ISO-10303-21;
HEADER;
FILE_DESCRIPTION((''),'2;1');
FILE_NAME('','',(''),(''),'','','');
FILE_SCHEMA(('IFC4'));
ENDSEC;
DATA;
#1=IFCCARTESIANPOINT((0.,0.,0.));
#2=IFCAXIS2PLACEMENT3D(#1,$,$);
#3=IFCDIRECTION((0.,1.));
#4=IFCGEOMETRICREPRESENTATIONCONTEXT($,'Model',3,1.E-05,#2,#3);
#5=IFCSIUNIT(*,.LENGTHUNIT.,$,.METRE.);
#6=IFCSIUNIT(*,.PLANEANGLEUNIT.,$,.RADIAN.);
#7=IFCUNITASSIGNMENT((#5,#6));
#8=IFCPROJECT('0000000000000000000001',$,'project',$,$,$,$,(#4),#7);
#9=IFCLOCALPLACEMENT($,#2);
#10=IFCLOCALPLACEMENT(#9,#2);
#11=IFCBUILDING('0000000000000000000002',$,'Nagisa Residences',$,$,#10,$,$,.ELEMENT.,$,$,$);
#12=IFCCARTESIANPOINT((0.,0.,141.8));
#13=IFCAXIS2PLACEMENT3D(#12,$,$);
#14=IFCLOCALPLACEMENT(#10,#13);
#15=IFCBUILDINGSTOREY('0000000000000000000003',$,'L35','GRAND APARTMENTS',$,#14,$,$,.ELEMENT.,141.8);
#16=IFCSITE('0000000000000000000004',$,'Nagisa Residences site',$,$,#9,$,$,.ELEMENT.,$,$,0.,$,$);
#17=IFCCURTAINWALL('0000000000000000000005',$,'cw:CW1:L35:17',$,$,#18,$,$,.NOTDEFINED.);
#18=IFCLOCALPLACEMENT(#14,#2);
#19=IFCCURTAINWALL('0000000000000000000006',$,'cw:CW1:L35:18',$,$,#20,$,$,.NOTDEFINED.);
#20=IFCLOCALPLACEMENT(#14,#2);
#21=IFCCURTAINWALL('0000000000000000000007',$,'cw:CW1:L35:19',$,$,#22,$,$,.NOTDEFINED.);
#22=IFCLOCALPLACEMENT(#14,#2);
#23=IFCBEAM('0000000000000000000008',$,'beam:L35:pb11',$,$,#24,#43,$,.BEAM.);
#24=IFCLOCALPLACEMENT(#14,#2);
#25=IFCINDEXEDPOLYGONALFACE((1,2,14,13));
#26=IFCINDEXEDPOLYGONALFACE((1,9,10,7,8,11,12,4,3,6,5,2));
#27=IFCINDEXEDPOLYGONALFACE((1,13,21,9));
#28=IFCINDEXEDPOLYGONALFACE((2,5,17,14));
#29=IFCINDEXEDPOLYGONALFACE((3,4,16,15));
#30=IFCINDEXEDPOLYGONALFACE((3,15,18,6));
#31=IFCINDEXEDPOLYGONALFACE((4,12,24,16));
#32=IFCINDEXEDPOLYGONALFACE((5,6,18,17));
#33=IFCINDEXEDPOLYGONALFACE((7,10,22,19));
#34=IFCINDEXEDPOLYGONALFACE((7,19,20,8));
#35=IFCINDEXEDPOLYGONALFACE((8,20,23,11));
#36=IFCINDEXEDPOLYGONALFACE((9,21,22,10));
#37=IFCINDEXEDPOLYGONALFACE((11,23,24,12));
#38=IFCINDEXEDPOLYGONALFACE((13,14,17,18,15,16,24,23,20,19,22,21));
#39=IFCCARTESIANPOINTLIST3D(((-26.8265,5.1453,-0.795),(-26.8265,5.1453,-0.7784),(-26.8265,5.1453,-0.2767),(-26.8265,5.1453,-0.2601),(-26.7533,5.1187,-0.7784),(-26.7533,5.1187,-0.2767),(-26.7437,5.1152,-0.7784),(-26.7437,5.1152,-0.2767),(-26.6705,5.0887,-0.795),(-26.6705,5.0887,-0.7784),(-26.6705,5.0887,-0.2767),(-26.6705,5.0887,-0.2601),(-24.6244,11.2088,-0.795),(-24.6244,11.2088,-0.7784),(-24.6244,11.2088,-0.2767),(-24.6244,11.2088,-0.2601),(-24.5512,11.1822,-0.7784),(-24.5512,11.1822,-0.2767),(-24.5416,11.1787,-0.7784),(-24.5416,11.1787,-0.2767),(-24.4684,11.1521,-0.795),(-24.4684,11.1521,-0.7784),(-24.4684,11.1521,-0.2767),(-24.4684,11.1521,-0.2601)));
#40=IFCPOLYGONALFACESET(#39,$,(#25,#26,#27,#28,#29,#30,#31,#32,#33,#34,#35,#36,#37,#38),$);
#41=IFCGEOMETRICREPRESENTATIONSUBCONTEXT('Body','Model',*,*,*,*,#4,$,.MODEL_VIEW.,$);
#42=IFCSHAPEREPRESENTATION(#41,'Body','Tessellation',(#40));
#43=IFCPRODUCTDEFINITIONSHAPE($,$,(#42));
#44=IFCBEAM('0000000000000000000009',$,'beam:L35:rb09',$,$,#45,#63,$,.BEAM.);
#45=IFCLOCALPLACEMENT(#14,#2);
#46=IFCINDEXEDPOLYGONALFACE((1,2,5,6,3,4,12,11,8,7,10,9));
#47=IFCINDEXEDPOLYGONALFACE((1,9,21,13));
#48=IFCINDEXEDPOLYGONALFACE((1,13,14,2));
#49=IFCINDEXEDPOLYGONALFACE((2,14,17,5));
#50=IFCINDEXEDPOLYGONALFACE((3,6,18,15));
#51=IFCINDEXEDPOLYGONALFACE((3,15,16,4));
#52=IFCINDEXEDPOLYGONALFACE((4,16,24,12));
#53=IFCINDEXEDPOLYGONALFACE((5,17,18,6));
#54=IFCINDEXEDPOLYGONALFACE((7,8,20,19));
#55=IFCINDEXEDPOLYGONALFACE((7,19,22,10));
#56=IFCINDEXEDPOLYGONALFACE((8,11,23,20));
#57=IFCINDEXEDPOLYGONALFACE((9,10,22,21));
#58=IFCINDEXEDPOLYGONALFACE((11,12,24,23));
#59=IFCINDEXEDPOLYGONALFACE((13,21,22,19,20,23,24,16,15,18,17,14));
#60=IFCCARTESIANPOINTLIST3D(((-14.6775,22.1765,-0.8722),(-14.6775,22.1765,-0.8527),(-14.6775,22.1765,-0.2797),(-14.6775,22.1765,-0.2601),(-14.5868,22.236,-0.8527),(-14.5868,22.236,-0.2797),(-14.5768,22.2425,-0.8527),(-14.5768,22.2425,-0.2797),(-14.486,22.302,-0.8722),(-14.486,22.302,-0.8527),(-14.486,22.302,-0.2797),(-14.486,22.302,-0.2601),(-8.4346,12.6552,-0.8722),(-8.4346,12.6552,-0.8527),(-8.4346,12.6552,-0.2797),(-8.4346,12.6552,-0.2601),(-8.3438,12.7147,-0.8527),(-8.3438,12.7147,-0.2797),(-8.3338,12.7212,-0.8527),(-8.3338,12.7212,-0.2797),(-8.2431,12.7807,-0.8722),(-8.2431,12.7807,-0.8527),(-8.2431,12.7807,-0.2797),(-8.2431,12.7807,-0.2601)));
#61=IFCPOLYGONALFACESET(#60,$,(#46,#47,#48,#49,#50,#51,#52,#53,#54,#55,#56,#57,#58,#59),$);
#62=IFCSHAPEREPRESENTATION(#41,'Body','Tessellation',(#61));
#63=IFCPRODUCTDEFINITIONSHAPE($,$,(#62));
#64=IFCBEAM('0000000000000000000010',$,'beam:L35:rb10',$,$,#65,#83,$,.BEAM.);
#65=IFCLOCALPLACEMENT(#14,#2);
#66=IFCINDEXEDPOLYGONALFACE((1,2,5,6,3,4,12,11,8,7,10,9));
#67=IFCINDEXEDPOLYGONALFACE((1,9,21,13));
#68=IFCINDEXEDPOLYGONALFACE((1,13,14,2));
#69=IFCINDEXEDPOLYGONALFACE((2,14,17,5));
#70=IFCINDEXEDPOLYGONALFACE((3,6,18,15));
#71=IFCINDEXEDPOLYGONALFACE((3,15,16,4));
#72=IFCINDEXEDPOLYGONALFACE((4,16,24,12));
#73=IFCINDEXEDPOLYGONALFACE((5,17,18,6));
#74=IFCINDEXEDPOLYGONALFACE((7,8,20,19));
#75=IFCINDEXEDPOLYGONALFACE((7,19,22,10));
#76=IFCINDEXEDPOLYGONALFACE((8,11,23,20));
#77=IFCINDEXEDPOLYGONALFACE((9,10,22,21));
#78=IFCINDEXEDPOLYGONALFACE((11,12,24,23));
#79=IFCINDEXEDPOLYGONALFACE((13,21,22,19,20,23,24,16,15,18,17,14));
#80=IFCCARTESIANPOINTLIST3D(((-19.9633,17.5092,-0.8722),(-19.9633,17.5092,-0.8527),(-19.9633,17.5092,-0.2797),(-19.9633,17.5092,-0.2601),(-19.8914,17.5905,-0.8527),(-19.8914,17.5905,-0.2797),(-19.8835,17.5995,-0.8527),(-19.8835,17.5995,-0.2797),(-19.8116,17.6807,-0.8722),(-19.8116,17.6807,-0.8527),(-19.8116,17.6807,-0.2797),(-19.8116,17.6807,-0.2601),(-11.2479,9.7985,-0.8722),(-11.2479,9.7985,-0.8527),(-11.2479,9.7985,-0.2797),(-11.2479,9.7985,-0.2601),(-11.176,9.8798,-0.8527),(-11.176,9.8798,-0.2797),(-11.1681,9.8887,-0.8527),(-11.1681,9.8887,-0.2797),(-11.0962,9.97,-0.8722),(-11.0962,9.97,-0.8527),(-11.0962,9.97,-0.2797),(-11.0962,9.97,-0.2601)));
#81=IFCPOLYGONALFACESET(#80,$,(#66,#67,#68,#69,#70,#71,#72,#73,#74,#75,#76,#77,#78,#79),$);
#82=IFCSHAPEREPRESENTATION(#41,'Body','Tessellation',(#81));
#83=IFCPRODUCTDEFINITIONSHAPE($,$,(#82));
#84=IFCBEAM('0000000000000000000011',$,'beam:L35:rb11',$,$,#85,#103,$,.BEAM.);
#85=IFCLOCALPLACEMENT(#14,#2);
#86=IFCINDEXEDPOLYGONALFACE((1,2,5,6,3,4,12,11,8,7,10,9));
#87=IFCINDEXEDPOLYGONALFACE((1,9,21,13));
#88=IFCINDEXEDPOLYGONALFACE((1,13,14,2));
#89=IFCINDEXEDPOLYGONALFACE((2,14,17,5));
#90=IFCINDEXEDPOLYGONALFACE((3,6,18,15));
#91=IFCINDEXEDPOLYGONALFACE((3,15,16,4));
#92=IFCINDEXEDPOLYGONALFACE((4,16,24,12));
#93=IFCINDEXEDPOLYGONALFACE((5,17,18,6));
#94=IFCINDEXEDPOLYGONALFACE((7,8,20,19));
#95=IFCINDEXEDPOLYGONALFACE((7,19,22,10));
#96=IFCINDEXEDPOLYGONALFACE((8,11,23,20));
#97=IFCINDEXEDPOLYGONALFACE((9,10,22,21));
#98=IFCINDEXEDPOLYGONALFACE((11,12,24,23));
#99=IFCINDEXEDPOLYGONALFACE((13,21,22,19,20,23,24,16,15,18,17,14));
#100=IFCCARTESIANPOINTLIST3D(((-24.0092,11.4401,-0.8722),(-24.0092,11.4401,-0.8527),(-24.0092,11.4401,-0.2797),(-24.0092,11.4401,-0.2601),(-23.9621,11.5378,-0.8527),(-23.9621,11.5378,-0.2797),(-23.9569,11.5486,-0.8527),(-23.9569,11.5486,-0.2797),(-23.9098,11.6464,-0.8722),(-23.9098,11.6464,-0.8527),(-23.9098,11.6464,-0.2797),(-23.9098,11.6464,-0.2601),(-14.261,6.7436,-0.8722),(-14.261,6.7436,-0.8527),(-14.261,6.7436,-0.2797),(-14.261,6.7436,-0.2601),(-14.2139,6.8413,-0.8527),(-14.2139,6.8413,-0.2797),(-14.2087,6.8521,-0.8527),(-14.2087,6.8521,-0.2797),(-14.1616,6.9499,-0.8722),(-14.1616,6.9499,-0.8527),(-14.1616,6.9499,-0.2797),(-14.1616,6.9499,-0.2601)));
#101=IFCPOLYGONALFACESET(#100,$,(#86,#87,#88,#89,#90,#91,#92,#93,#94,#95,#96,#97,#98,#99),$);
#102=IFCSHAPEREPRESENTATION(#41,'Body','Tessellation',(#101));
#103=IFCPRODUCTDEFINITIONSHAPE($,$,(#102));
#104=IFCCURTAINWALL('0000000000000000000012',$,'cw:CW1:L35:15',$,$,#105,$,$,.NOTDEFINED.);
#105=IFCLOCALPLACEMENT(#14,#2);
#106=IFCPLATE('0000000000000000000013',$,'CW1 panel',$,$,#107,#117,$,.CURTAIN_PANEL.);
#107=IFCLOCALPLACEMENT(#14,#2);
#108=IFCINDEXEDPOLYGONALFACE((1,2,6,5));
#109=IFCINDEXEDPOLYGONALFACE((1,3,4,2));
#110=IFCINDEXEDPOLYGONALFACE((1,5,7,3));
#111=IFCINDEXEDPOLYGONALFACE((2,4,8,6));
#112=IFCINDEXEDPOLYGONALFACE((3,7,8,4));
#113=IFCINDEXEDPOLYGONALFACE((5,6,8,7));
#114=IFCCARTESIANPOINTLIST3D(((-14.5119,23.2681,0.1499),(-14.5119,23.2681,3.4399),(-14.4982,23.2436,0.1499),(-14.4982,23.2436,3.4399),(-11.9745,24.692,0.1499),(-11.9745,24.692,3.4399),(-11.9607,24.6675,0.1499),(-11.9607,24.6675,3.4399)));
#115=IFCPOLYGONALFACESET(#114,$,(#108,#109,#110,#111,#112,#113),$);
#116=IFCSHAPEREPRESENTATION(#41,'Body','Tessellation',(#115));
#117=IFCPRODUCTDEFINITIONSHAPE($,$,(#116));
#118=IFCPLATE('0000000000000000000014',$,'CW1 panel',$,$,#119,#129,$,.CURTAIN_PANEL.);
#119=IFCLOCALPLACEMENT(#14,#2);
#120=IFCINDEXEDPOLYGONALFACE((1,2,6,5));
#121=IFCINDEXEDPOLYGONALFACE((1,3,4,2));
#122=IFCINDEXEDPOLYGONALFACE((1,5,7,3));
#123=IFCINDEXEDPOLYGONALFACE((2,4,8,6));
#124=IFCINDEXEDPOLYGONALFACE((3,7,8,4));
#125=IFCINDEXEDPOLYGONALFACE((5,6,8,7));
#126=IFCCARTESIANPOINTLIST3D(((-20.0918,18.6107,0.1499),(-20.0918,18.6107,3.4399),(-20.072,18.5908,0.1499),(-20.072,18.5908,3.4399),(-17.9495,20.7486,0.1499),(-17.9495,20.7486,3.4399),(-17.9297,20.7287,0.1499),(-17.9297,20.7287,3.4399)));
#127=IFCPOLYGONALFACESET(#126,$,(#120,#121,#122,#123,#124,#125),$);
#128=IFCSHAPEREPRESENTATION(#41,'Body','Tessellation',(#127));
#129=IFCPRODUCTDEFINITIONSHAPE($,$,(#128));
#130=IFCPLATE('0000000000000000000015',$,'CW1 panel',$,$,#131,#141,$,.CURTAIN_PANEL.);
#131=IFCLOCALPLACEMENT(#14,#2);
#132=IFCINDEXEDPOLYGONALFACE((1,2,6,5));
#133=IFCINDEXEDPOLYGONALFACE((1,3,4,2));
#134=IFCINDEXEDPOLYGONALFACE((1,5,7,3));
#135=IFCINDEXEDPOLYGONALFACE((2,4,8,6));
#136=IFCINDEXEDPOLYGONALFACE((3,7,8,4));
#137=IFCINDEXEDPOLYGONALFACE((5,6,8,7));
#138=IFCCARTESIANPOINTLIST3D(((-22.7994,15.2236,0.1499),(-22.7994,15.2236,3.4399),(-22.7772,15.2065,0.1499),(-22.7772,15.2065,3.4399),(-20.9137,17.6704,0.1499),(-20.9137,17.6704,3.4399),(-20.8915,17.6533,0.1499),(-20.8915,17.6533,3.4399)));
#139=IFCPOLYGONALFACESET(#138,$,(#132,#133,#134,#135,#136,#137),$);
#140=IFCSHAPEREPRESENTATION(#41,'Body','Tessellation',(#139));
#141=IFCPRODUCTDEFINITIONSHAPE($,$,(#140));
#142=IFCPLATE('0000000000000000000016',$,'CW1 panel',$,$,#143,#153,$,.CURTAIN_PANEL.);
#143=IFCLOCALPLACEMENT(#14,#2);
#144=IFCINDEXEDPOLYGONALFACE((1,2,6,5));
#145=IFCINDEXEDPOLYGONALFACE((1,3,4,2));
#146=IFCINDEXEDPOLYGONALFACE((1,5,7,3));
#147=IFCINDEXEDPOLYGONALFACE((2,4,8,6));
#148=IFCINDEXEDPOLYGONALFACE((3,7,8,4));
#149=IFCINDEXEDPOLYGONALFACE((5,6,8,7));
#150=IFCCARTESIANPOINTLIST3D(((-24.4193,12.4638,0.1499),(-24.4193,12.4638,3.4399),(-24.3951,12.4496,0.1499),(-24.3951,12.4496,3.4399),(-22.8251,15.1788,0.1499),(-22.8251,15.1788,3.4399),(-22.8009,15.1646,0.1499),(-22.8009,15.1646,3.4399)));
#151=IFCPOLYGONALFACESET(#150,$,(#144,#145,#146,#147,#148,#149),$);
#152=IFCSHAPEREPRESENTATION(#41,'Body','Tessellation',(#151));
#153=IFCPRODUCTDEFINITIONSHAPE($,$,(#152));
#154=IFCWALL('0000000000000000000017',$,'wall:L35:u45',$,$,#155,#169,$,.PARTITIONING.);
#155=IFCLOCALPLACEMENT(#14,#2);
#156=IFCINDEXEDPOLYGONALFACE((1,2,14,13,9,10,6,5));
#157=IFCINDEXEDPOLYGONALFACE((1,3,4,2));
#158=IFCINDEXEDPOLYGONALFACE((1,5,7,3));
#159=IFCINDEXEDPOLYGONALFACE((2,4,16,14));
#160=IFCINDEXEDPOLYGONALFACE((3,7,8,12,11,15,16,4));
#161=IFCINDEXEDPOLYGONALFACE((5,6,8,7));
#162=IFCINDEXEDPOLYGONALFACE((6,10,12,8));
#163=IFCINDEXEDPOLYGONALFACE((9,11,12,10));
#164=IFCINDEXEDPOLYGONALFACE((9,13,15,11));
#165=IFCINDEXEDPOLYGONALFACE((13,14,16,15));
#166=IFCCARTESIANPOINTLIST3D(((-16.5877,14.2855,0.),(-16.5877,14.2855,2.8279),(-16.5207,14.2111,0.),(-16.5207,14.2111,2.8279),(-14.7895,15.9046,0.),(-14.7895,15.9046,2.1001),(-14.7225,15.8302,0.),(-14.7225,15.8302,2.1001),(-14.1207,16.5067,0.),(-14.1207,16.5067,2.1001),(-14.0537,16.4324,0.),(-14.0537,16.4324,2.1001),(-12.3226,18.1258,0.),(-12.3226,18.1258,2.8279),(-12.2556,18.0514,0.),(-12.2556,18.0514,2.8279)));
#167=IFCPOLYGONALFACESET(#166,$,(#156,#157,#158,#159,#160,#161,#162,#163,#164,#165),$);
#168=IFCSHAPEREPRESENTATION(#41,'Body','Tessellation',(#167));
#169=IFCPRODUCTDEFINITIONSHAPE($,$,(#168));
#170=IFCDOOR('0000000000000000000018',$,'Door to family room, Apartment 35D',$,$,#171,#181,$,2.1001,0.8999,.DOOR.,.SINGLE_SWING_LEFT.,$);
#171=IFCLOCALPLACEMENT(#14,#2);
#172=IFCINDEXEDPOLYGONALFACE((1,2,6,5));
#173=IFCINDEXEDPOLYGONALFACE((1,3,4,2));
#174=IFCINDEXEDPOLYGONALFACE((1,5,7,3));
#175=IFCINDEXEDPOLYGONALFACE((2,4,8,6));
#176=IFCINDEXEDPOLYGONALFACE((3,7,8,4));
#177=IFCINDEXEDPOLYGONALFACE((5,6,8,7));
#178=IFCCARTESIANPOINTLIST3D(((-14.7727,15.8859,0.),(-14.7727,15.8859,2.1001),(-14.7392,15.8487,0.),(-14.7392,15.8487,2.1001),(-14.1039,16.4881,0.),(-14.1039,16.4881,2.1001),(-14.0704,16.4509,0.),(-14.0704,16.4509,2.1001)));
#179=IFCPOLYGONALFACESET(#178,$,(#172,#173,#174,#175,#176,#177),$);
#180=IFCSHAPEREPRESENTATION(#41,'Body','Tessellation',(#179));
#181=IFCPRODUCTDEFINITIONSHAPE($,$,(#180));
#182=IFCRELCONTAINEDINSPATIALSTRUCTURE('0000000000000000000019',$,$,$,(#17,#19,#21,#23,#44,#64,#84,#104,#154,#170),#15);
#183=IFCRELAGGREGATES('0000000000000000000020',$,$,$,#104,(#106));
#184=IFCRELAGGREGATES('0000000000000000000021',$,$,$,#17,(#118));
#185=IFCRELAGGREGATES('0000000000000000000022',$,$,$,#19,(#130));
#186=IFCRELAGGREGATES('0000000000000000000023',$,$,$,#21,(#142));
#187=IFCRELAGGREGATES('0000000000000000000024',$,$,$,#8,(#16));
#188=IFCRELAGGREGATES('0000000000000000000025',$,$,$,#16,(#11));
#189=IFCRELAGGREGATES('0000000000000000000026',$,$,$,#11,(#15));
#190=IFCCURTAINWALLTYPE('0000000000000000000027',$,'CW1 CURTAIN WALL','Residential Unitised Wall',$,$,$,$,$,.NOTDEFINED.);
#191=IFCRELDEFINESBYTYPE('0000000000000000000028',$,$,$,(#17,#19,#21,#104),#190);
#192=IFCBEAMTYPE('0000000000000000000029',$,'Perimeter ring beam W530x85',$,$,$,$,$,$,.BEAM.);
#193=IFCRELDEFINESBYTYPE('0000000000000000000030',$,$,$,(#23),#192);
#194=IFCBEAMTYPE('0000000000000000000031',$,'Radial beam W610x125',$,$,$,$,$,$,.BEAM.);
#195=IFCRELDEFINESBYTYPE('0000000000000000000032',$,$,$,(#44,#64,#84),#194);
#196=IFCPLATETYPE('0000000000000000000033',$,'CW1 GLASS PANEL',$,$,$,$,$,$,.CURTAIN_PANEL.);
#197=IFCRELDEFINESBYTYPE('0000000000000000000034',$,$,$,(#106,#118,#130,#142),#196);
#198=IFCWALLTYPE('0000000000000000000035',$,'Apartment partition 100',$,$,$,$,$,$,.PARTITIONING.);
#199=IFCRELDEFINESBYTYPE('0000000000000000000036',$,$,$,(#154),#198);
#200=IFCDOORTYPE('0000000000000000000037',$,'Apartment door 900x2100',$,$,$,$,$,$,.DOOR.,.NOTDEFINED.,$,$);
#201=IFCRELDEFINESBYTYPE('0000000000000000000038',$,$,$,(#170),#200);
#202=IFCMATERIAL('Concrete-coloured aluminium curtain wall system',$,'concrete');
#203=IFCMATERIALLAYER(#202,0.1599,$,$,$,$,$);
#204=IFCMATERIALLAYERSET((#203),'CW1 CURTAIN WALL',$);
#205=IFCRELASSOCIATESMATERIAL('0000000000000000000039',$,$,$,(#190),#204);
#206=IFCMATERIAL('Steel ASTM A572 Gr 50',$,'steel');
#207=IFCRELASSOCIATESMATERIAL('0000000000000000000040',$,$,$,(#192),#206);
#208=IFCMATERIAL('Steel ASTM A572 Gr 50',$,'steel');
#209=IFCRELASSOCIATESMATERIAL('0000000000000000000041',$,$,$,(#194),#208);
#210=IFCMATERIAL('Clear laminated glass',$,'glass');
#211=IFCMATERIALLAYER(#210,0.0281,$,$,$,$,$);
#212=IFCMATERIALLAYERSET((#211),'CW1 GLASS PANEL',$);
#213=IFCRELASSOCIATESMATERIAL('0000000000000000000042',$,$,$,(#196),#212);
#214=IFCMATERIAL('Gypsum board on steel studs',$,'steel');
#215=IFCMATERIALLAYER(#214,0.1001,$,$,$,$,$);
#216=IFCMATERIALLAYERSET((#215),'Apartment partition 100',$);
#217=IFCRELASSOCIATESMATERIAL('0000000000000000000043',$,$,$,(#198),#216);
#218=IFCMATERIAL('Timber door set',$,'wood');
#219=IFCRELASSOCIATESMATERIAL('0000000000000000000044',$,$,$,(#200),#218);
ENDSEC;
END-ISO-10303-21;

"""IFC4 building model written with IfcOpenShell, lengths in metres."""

from ifc_helpers import new_model, si_unit, direction, frame, frame_2d, origin, origin_2d, place, context, subcontext, project, spatial, rectangle, i_section, extrude, material, layer, layer_set, material_profile, profile_set, type_object, element, fill, aggregate, save


model = new_model("IFC4")

# Units and contexts
model_context = context("Model", 3, precision=1e-05, world=origin(), true_north=direction((0.0, 1.0)))
body_context = subcontext(model_context, "Body", "Model", "MODEL_VIEW")
ifc_project = project(units=[si_unit("LENGTHUNIT", "METRE"), si_unit("PLANEANGLEUNIT", "RADIAN")], contexts=[model_context])

# Site, building, storey
site_placement = place(None, origin())
site = spatial("IfcSite", under=ifc_project, at=site_placement, Name="Nagisa Residences site", CompositionType="ELEMENT", RefElevation=0.0)
building_placement = place(site_placement, origin())
building = spatial("IfcBuilding", under=site, at=building_placement, Name="Nagisa Residences", CompositionType="ELEMENT")
storey_placement = place(building_placement, frame((0.0, 0.0, 141.8)))
storey = spatial("IfcBuildingStorey", under=building, at=storey_placement, Name="L35", Description="GRAND APARTMENTS", CompositionType="ELEMENT", Elevation=141.8)

# Curtain walls
ifc_material_1 = material(Name="Concrete-coloured aluminium curtain wall system", Category="concrete")
ifc_layer_1 = layer(ifc_material_1, 0.1599)
ifc_layer_set_1 = layer_set([ifc_layer_1], Name="CW1 CURTAIN WALL")
curtain_wall_type = type_object("IfcCurtainWallType", Name="CW1 CURTAIN WALL", Description="Residential Unitised Wall", PredefinedType="NOTDEFINED", material=ifc_layer_set_1)
curtain_wall_1_placement = place(storey_placement, origin())
curtain_wall_1 = element("IfcCurtainWall", 1, at=curtain_wall_1_placement, inside=storey, type_object=curtain_wall_type, Name="cw:CW1:L35:17", PredefinedType="NOTDEFINED")
curtain_wall_2_placement = place(storey_placement, origin())
curtain_wall_2 = element("IfcCurtainWall", 2, at=curtain_wall_2_placement, inside=storey, type_object=curtain_wall_type, Name="cw:CW1:L35:18", PredefinedType="NOTDEFINED")
curtain_wall_3_placement = place(storey_placement, origin())
curtain_wall_3 = element("IfcCurtainWall", 3, at=curtain_wall_3_placement, inside=storey, type_object=curtain_wall_type, Name="cw:CW1:L35:19", PredefinedType="NOTDEFINED")

# Beams
ifc_material_2 = material(Name="Steel ASTM A572 Gr 50", Category="steel")
ifc_material_profile_1 = material_profile(ifc_material_2, i_section(OverallWidth=0.166, OverallDepth=0.5349, WebThickness=0.0103, FlangeThickness=0.0166, at=origin_2d()), Name="W530x85")
ifc_profile_set_1 = profile_set([ifc_material_profile_1], Name="Steel ASTM A572 Gr 50")
beam_type_1 = type_object("IfcBeamType", Name="Perimeter ring beam W530x85", PredefinedType="BEAM", material=ifc_profile_set_1)
beam_1_placement = place(storey_placement, frame((-24.5464, 11.1804, -0.5276), z_axis=(-0.341366, -0.93993, 0.0), x_axis=(0.93993, -0.341366, 0.0)))
element("IfcBeam", 4, at=beam_1_placement, inside=storey, type_object=beam_type_1, Name="beam:L35:pb11", PredefinedType="BEAM", context=body_context, shape_type="SweptSolid", body=[
    extrude(i_section(OverallWidth=0.166, OverallDepth=0.5349, WebThickness=0.0103, FlangeThickness=0.0166, at=origin_2d()), origin(), (0.0, 0.0, 1.0), 6.4509),
])
ifc_material_3 = material(Name="Steel ASTM A572 Gr 50", Category="steel")
ifc_material_profile_2 = material_profile(ifc_material_3, i_section(OverallWidth=0.229, OverallDepth=0.6121, WebThickness=0.012, FlangeThickness=0.0195, at=origin_2d()), Name="W610x125")
ifc_profile_set_2 = profile_set([ifc_material_profile_2], Name="Steel ASTM A572 Gr 50")
beam_type_2 = type_object("IfcBeamType", Name="Radial beam W610x125", PredefinedType="BEAM", material=ifc_profile_set_2)
beam_2_placement = place(storey_placement, frame((-14.5818, 22.2393, -0.5662), z_axis=(0.548325, -0.836265, 0.0), x_axis=(0.836265, 0.548325, 0.0)))
element("IfcBeam", 5, at=beam_2_placement, inside=storey, type_object=beam_type_2, Name="beam:L35:rb09", PredefinedType="BEAM", context=body_context, shape_type="SweptSolid", body=[
    extrude(i_section(OverallWidth=0.229, OverallDepth=0.6121, WebThickness=0.012, FlangeThickness=0.0195, at=origin_2d()), origin(), (0.0, 0.0, 1.0), 11.3855),
])
beam_3_placement = place(storey_placement, frame((-19.8875, 17.595, -0.5662), z_axis=(0.748955, -0.662621, 0.0), x_axis=(0.662621, 0.748955, 0.0)))
element("IfcBeam", 6, at=beam_3_placement, inside=storey, type_object=beam_type_2, Name="beam:L35:rb10", PredefinedType="BEAM", context=body_context, shape_type="SweptSolid", body=[
    extrude(i_section(OverallWidth=0.229, OverallDepth=0.6121, WebThickness=0.012, FlangeThickness=0.0195, at=origin_2d()), origin(), (0.0, 0.0, 1.0), 11.6367),
])
beam_4_placement = place(storey_placement, frame((-23.9595, 11.5432, -0.5662), z_axis=(0.900896, -0.434034, 0.0), x_axis=(0.434034, 0.900896, 0.0)))
element("IfcBeam", 7, at=beam_4_placement, inside=storey, type_object=beam_type_2, Name="beam:L35:rb11", PredefinedType="BEAM", context=body_context, shape_type="SweptSolid", body=[
    extrude(i_section(OverallWidth=0.229, OverallDepth=0.6121, WebThickness=0.012, FlangeThickness=0.0195, at=origin_2d()), origin(), (0.0, 0.0, 1.0), 10.8206),
])

# Curtain wall, plate
curtain_wall_4_placement = place(storey_placement, origin())
curtain_wall_4 = element("IfcCurtainWall", 8, at=curtain_wall_4_placement, inside=storey, type_object=curtain_wall_type, Name="cw:CW1:L35:15", PredefinedType="NOTDEFINED")
ifc_material_4 = material(Name="Clear laminated glass", Category="glass")
ifc_layer_2 = layer(ifc_material_4, 0.0281)
ifc_layer_set_2 = layer_set([ifc_layer_2], Name="CW1 GLASS PANEL")
plate_type = type_object("IfcPlateType", Name="CW1 GLASS PANEL", PredefinedType="CURTAIN_PANEL", material=ifc_layer_set_2)
plate_1_placement = place(storey_placement, frame((-13.2363, 23.9678, 0.1499), z_axis=(0.0, 0.0, 1.0), x_axis=(-0.872072, -0.489377, 0.0)))
plate_1 = element("IfcPlate", 9, at=plate_1_placement, type_object=plate_type, Name="CW1 panel", PredefinedType="CURTAIN_PANEL", context=body_context, shape_type="SweptSolid", body=[
    extrude(rectangle(XDim=2.9097, YDim=0.0281, at=origin_2d()), origin(), (0.0, 0.0, 1.0), 3.29),
])
aggregate(curtain_wall_4, [plate_1])

# Plates
plate_2_placement = place(storey_placement, frame((-19.0107, 19.6697, 0.1499), z_axis=(0.0, 0.0, 1.0), x_axis=(-0.707836, -0.706377, 0.0)))
plate_2 = element("IfcPlate", 10, at=plate_2_placement, type_object=plate_type, Name="CW1 panel", PredefinedType="CURTAIN_PANEL", context=body_context, shape_type="SweptSolid", body=[
    extrude(rectangle(XDim=3.0266, YDim=0.0281, at=origin_2d()), origin(), (0.0, 0.0, 1.0), 3.29),
])
aggregate(curtain_wall_1, [plate_2])
plate_3_placement = place(storey_placement, frame((-21.8455, 16.4385, 0.1499), z_axis=(0.0, 0.0, 1.0), x_axis=(-0.61043, -0.79207, 0.0)))
plate_3 = element("IfcPlate", 11, at=plate_3_placement, type_object=plate_type, Name="CW1 panel", PredefinedType="CURTAIN_PANEL", context=body_context, shape_type="SweptSolid", body=[
    extrude(rectangle(XDim=3.0891, YDim=0.0281, at=origin_2d()), origin(), (0.0, 0.0, 1.0), 3.29),
])
aggregate(curtain_wall_2, [plate_3])
plate_4_placement = place(storey_placement, frame((-23.6101, 13.8142, 0.1499), z_axis=(0.0, 0.0, 1.0), x_axis=(-0.506349, -0.862329, 0.0)))
plate_4 = element("IfcPlate", 12, at=plate_4_placement, type_object=plate_type, Name="CW1 panel", PredefinedType="CURTAIN_PANEL", context=body_context, shape_type="SweptSolid", body=[
    extrude(rectangle(XDim=3.1484, YDim=0.0281, at=origin_2d()), origin(), (0.0, 0.0, 1.0), 3.29),
])
aggregate(curtain_wall_3, [plate_4])

# Wall, opening, door
ifc_material_5 = material(Name="Gypsum board on steel studs", Category="steel")
ifc_layer_3 = layer(ifc_material_5, 0.1001)
ifc_layer_set_3 = layer_set([ifc_layer_3], Name="Apartment partition 100")
wall_type_1 = type_object("IfcWallType", Name="Apartment partition 100", PredefinedType="PARTITIONING", material=ifc_layer_set_3)
wall_1_placement = place(storey_placement, frame((-12.2891, 18.0886, 0.0), z_axis=(0.0, 0.0, 1.0), x_axis=(-0.743146, -0.669129, 0.0)))
wall_1 = element("IfcWall", 13, at=wall_1_placement, inside=storey, type_object=wall_type_1, Name="wall:L35:u45", PredefinedType="PARTITIONING", context=body_context, shape_type="SweptSolid", body=[
    extrude(rectangle(XDim=5.7393, YDim=0.1001, at=frame_2d((2.8696, 0.0))), origin(), (0.0, 0.0, 1.0), 2.8279),
])
opening_1_placement = place(wall_1_placement, frame((2.4197, 0.0, 0.0)))
opening_1 = element("IfcOpeningElement", 14, at=opening_1_placement, cuts=wall_1, PredefinedType="OPENING", context=body_context, shape_type="SweptSolid", body=[
    extrude(rectangle(XDim=0.8999, YDim=2.1001, at=frame_2d((0.45, 1.05))), frame((0.0, 0.0601, 0.0), z_axis=(0.0, -1.0, 0.0), x_axis=(1.0, 0.0, 0.0)), (0.0, 0.0, 1.0), 0.1201),
])
ifc_material_6 = material(Name="Timber door set", Category="wood")
door_type_1 = type_object("IfcDoorType", Name="Apartment door 900x2100", OperationType="NOTDEFINED", PredefinedType="DOOR", material=ifc_material_6)
door_1_placement = place(opening_1_placement, frame((0.8999, 0.0, 0.0), x_axis=(-1.0, 0.0, 0.0)))
door_1 = element("IfcDoor", 15, at=door_1_placement, inside=storey, type_object=door_type_1, Name="Door to family room, Apartment 35D", OperationType="SINGLE_SWING_LEFT", OverallHeight=2.1001, OverallWidth=0.8999, PredefinedType="DOOR", context=body_context, shape_type="SweptSolid", body=[
    extrude(rectangle(XDim=0.8999, YDim=2.1001, at=frame_2d((0.45, 1.05))), frame((0.0, 0.0249, 0.0), z_axis=(0.0, -1.0, 0.0), x_axis=(1.0, 0.0, 0.0)), (0.0, 0.0, 1.0), 0.05),
])
fill(opening_1, door_1)

save(model, "model.ifc")
